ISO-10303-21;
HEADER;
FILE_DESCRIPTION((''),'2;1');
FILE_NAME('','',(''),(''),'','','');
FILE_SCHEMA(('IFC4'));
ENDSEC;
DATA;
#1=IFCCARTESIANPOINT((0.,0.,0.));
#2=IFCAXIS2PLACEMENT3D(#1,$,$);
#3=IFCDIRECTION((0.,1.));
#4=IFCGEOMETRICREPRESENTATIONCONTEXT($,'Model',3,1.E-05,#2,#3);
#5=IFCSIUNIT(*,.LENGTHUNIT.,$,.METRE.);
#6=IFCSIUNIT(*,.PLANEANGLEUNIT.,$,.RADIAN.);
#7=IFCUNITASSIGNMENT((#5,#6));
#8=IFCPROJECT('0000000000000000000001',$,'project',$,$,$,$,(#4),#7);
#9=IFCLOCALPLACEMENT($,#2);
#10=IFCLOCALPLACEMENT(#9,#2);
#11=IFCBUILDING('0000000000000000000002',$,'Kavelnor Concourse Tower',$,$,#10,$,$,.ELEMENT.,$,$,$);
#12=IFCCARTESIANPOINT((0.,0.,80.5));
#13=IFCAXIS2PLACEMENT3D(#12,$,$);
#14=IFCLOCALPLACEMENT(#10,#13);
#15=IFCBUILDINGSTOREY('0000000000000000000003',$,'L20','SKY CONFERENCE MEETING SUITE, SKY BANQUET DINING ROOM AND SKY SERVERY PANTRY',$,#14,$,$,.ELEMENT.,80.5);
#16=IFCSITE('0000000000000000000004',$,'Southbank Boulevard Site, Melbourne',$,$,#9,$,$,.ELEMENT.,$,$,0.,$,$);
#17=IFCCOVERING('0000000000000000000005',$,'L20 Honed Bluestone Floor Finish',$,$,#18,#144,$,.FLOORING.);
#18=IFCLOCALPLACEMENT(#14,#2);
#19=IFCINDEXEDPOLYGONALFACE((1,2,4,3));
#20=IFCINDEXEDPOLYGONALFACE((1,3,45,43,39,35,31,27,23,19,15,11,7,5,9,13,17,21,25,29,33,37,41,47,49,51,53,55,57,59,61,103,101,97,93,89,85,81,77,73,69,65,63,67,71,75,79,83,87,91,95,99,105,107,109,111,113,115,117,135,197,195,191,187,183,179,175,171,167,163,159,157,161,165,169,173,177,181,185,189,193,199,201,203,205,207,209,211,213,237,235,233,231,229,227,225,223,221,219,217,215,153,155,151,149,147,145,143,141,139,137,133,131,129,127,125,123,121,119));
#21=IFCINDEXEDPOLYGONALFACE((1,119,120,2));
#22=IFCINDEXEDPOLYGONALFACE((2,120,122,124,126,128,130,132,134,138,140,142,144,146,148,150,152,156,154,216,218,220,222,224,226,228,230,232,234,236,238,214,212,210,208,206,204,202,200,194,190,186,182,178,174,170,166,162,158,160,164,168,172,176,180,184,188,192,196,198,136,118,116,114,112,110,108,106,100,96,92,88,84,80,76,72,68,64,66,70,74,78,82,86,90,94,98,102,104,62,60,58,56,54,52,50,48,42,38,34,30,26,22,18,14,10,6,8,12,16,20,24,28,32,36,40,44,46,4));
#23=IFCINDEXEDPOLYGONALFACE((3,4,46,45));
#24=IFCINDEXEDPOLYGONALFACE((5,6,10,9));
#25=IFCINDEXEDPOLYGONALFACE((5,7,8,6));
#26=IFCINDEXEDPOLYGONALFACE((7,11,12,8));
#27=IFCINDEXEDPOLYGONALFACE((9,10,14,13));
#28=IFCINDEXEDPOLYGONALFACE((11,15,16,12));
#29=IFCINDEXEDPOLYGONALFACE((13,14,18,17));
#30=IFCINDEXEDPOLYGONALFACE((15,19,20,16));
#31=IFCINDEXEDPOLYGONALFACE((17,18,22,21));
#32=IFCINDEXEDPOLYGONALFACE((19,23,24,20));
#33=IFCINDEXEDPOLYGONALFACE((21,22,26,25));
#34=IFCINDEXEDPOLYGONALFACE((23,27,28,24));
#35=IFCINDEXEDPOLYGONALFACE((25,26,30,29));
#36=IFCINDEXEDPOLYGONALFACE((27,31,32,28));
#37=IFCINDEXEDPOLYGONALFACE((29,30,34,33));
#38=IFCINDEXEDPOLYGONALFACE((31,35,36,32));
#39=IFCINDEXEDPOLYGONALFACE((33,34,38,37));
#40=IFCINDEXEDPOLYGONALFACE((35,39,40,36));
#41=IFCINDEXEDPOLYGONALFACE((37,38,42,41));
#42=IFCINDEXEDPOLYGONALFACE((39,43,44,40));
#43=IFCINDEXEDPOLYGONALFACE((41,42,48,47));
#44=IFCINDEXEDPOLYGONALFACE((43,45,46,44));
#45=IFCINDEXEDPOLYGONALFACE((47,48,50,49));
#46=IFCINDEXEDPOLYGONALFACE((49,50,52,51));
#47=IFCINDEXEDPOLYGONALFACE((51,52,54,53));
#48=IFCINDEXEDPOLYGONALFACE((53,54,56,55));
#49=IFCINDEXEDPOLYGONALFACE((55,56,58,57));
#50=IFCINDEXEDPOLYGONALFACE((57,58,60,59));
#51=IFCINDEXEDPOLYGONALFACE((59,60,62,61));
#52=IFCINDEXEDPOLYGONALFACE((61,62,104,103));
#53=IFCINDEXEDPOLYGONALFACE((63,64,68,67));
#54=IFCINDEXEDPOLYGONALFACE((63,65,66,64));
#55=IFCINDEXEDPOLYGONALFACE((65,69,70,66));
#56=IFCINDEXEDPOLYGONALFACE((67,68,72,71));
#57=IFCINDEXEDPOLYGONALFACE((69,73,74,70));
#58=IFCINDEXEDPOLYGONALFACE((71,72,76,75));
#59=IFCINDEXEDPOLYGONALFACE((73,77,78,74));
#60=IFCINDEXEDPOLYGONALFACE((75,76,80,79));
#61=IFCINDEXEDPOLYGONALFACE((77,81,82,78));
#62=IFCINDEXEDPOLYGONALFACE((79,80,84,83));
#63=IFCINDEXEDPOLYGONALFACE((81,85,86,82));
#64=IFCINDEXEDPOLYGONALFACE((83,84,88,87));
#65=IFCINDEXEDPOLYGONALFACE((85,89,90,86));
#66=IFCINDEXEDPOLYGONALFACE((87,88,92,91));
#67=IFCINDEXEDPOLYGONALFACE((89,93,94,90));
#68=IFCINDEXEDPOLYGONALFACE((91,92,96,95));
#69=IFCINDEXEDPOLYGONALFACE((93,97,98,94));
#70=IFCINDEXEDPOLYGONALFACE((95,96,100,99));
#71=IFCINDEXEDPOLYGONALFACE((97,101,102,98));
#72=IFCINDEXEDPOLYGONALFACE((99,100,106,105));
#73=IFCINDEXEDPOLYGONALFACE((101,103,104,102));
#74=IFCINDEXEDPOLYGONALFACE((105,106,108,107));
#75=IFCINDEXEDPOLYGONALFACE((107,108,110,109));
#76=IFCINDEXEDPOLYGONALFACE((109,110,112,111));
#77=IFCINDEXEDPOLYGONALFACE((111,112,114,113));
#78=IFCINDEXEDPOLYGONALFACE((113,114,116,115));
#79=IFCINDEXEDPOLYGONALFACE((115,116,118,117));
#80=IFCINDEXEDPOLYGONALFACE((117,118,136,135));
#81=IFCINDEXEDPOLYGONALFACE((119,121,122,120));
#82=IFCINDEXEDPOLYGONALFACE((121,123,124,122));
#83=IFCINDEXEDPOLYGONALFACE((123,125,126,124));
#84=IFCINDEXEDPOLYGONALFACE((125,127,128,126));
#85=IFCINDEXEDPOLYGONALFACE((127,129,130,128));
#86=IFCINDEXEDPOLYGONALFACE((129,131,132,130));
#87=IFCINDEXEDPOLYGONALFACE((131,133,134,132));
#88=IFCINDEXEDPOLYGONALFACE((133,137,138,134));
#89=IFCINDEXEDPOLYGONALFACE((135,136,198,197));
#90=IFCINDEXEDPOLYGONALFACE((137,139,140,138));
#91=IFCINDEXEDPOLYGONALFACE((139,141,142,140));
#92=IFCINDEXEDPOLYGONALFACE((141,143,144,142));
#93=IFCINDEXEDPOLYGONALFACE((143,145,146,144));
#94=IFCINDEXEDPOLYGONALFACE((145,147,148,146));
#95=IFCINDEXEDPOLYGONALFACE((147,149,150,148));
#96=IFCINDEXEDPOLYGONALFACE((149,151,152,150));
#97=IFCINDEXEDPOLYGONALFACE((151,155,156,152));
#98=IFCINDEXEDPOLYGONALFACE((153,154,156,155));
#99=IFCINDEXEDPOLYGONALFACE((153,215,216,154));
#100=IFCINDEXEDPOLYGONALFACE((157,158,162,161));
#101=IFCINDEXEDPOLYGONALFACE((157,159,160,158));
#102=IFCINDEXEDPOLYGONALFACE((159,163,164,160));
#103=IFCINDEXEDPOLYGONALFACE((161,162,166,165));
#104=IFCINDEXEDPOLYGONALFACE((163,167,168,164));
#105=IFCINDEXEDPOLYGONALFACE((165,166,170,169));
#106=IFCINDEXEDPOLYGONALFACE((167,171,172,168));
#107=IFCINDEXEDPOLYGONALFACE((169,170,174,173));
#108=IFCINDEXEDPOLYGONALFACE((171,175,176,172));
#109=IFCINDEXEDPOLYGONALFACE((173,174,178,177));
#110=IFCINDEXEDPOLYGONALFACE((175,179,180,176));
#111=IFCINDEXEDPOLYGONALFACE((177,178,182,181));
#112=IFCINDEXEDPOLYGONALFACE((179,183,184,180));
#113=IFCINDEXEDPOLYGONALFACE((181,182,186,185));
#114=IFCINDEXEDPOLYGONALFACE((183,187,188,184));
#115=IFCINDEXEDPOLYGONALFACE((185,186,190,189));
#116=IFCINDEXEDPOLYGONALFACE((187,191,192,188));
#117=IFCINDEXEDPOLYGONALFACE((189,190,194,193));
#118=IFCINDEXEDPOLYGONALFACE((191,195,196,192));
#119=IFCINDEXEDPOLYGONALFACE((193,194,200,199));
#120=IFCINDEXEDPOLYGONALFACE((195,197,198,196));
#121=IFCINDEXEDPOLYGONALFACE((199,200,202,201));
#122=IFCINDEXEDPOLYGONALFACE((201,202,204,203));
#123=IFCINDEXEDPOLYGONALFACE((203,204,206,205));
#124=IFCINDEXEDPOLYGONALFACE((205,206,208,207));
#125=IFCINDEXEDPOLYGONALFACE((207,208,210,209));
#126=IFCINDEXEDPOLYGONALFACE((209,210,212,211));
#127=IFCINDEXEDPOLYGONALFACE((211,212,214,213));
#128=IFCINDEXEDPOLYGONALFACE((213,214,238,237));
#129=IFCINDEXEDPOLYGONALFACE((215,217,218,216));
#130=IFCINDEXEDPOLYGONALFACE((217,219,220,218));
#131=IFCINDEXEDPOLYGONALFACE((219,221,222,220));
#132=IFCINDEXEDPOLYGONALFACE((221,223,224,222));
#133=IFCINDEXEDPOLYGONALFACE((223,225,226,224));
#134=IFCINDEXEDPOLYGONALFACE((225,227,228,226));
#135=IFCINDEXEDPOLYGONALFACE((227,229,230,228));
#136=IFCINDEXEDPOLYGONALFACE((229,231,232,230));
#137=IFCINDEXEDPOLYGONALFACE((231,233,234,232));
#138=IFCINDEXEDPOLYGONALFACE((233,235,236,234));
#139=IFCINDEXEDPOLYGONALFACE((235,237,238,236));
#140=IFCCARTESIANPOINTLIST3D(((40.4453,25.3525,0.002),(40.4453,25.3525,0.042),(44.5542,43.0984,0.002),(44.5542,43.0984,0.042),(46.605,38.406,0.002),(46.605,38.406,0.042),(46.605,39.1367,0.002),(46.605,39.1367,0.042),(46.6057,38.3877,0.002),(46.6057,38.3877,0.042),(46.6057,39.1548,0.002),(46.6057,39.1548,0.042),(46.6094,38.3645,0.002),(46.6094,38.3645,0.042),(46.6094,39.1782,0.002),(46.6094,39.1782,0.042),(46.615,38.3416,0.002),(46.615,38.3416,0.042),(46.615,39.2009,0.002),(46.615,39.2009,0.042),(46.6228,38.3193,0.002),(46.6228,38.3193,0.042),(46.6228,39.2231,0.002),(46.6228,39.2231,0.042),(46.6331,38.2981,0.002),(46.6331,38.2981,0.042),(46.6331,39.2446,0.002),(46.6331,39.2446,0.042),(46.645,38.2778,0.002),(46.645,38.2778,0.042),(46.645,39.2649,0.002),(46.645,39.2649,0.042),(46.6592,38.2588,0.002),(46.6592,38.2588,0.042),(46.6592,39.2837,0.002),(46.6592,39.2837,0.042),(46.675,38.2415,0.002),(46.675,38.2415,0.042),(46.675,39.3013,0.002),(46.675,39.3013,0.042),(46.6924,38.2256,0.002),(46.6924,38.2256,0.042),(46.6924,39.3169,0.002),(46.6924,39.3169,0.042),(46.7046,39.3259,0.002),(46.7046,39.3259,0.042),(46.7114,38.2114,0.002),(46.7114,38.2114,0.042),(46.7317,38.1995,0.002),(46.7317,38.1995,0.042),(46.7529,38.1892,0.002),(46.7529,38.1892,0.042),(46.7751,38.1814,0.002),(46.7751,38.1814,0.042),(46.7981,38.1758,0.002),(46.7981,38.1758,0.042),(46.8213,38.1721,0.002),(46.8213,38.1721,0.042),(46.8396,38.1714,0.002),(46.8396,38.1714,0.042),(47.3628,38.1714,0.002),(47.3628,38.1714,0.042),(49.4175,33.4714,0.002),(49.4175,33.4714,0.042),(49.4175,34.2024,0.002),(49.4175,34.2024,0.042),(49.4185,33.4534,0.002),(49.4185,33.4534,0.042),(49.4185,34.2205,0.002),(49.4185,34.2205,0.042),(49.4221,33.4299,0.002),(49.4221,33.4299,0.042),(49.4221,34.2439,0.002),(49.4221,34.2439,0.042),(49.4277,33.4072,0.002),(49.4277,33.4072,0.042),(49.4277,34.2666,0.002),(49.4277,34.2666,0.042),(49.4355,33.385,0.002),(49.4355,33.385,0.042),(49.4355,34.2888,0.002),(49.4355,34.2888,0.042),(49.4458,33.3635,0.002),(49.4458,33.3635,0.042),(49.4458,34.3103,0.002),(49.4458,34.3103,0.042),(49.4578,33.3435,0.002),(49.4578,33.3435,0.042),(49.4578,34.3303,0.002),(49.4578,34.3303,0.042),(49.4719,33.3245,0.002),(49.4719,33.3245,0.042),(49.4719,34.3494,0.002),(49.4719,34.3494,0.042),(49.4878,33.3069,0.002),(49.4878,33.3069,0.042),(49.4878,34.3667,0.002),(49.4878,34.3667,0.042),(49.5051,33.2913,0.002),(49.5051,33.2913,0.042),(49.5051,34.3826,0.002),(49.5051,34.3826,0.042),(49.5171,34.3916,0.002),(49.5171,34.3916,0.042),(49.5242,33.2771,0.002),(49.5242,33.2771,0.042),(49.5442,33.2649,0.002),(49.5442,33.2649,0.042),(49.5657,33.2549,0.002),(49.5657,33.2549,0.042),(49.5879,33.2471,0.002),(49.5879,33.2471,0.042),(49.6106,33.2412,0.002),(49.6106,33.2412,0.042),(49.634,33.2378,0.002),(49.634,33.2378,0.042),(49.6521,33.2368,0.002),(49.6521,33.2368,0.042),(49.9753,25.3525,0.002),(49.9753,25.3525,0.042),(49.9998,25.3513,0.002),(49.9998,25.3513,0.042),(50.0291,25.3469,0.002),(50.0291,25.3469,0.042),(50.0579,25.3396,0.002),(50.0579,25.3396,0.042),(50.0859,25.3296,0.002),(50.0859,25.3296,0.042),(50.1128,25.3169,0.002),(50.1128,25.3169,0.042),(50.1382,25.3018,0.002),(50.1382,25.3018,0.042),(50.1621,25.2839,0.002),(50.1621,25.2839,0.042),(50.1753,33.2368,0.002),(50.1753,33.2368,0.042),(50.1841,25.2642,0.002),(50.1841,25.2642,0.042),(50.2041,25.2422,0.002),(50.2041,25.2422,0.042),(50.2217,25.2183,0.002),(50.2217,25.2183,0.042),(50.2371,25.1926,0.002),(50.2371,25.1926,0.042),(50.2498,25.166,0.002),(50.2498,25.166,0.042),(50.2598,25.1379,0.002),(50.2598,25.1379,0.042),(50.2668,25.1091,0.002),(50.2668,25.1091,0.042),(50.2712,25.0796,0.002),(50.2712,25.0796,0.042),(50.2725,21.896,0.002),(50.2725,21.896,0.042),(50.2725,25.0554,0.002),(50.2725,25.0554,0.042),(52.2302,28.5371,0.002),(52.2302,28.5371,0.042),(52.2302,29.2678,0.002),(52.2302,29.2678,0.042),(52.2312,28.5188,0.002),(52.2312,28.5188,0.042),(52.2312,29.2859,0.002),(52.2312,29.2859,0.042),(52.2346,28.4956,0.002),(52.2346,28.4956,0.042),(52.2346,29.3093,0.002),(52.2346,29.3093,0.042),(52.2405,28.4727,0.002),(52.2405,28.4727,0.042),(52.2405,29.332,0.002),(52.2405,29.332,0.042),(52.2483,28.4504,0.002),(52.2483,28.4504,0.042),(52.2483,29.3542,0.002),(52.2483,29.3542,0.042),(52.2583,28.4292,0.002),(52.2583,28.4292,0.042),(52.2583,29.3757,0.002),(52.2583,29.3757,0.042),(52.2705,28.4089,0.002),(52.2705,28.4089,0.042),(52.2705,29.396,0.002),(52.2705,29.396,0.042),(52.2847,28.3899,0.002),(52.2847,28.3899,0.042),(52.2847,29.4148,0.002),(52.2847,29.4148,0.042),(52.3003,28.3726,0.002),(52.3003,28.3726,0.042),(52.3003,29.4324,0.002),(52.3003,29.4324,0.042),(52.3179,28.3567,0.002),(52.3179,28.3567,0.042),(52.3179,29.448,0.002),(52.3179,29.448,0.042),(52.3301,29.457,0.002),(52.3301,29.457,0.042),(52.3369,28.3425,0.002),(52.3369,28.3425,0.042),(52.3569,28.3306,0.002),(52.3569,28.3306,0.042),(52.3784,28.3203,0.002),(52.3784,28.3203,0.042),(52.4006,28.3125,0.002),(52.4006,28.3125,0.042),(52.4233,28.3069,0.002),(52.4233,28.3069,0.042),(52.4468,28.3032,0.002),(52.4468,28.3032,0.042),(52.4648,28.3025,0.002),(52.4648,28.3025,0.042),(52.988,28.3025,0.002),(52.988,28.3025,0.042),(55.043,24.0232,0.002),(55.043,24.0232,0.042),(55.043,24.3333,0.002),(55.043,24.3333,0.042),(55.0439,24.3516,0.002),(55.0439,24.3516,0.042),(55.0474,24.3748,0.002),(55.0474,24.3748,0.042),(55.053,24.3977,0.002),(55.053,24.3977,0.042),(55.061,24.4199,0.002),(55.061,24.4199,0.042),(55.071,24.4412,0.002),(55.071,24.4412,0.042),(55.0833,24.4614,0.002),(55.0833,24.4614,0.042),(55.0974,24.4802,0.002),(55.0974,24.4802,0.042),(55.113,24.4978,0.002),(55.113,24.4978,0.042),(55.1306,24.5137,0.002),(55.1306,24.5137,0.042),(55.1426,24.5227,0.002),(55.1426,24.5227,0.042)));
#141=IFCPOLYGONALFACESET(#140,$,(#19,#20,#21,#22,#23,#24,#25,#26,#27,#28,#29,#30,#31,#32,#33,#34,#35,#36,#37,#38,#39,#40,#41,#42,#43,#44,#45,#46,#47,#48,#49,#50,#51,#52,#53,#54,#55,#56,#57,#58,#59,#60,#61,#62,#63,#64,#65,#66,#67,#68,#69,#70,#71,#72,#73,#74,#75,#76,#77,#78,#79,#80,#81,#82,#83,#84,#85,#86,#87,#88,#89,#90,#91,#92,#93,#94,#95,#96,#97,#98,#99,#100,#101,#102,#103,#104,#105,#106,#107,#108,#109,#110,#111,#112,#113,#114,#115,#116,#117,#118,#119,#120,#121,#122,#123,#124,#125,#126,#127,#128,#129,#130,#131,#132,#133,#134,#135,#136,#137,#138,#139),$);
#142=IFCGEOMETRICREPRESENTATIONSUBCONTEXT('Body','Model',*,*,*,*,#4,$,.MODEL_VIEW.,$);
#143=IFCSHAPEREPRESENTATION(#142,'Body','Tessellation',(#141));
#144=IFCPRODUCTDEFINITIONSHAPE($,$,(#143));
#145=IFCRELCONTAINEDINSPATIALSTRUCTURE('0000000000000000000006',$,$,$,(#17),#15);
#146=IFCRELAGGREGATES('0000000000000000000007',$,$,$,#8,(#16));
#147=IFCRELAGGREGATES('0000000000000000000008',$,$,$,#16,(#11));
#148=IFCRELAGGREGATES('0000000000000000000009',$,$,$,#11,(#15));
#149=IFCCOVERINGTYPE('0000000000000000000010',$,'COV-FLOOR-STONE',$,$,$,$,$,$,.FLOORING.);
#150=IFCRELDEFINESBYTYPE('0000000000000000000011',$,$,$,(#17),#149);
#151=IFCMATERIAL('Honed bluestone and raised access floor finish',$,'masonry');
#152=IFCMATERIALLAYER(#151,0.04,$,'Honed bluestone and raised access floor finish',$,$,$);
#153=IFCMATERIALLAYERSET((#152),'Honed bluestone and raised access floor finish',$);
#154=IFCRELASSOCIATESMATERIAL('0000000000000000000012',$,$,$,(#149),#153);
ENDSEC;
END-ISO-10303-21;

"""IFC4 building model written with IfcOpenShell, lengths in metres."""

from ifc_helpers import new_model, si_unit, direction, frame, origin, place, context, subcontext, project, spatial, polyline, outline, extrude, material, layer, layer_set, type_object, element, save


model = new_model("IFC4")

# Units and contexts
model_context = context("Model", 3, precision=1e-05, world=origin(), true_north=direction((0.0, 1.0)))
body_context = subcontext(model_context, "Body", "Model", "MODEL_VIEW")
ifc_project = project(units=[si_unit("LENGTHUNIT", "METRE"), si_unit("PLANEANGLEUNIT", "RADIAN")], contexts=[model_context])

# Site, building, storey
site_placement = place(None, origin())
site = spatial("IfcSite", under=ifc_project, at=site_placement, Name="Southbank Boulevard Site, Melbourne", CompositionType="ELEMENT", RefElevation=0.0)
building_placement = place(site_placement, origin())
building = spatial("IfcBuilding", under=site, at=building_placement, Name="Kavelnor Concourse Tower", CompositionType="ELEMENT")
storey_placement = place(building_placement, frame((0.0, 0.0, 80.5)))
storey = spatial("IfcBuildingStorey", under=building, at=storey_placement, Name="L20", Description="SKY CONFERENCE MEETING SUITE, SKY BANQUET DINING ROOM AND SKY SERVERY PANTRY", CompositionType="ELEMENT", Elevation=80.5)

# Covering
ifc_material_1 = material(Name="Honed bluestone and raised access floor finish", Category="masonry")
ifc_layer_1 = layer(ifc_material_1, 0.04, Name="Honed bluestone and raised access floor finish")
ifc_layer_set_1 = layer_set([ifc_layer_1], Name="Honed bluestone and raised access floor finish")
covering_type_1 = type_object("IfcCoveringType", Name="COV-FLOOR-STONE", PredefinedType="FLOORING", material=ifc_layer_set_1)
covering_1_placement = place(storey_placement, frame((0.0, 0.0, 0.002)))
element("IfcCovering", 1, at=covering_1_placement, inside=storey, type_object=covering_type_1, Name="L20 Honed Bluestone Floor Finish", PredefinedType="FLOORING", context=body_context, shape_type="SweptSolid", body=[
    extrude(outline(polyline([(46.675, 39.3013), (46.6592, 39.2837), (46.645, 39.2649), (46.6331, 39.2446), (46.6228, 39.2231), (46.615, 39.2009), (46.6094, 39.1782), (46.6057, 39.1548), (46.605, 39.1367), (46.605, 38.406), (46.6057, 38.3877), (46.6094, 38.3645), (46.615, 38.3416), (46.6228, 38.3193), (46.6331, 38.2981), (46.645, 38.2778), (46.6592, 38.2588), (46.675, 38.2415), (46.6924, 38.2256), (46.7114, 38.2114), (46.7317, 38.1995), (46.7529, 38.1892), (46.7751, 38.1814), (46.7981, 38.1758), (46.8213, 38.1721), (46.8396, 38.1714), (47.3628, 38.1714), (49.5171, 34.3916), (49.5051, 34.3826), (49.4878, 34.3667), (49.4719, 34.3494), (49.4578, 34.3303), (49.4458, 34.3103), (49.4355, 34.2888), (49.4277, 34.2666), (49.4221, 34.2439), (49.4185, 34.2205), (49.4175, 34.2024), (49.4175, 33.4714), (49.4185, 33.4534), (49.4221, 33.4299), (49.4277, 33.4072), (49.4355, 33.385), (49.4458, 33.3635), (49.4578, 33.3435), (49.4719, 33.3245), (49.4878, 33.3069), (49.5051, 33.2913), (49.5242, 33.2771), (49.5442, 33.2649), (49.5657, 33.2549), (49.5879, 33.2471), (49.6106, 33.2412), (49.634, 33.2378), (49.6521, 33.2368), (50.1753, 33.2368), (52.3301, 29.457), (52.3179, 29.448), (52.3003, 29.4324), (52.2847, 29.4148), (52.2705, 29.396), (52.2583, 29.3757), (52.2483, 29.3542), (52.2405, 29.332), (52.2346, 29.3093), (52.2312, 29.2859), (52.2302, 29.2678), (52.2302, 28.5371), (52.2312, 28.5188), (52.2346, 28.4956), (52.2405, 28.4727), (52.2483, 28.4504), (52.2583, 28.4292), (52.2705, 28.4089), (52.2847, 28.3899), (52.3003, 28.3726), (52.3179, 28.3567), (52.3369, 28.3425), (52.3569, 28.3306), (52.3784, 28.3203), (52.4006, 28.3125), (52.4233, 28.3069), (52.4468, 28.3032), (52.4648, 28.3025), (52.988, 28.3025), (55.1426, 24.5227), (55.1306, 24.5137), (55.113, 24.4978), (55.0974, 24.4802), (55.0833, 24.4614), (55.071, 24.4412), (55.061, 24.4199), (55.053, 24.3977), (55.0474, 24.3748), (55.0439, 24.3516), (55.043, 24.3333), (55.043, 24.0232), (50.2725, 21.896), (50.2725, 25.0554), (50.2712, 25.0796), (50.2668, 25.1091), (50.2598, 25.1379), (50.2498, 25.166), (50.2371, 25.1926), (50.2217, 25.2183), (50.2041, 25.2422), (50.1841, 25.2642), (50.1621, 25.2839), (50.1382, 25.3018), (50.1128, 25.3169), (50.0859, 25.3296), (50.0579, 25.3396), (50.0291, 25.3469), (49.9998, 25.3513), (49.9753, 25.3525), (40.4453, 25.3525), (44.5542, 43.0984), (46.7046, 39.3259), (46.6924, 39.3169), (46.675, 39.3013)])), origin(), (0.0, 0.0, 1.0), 0.04),
])

save(model, "model.ifc")
